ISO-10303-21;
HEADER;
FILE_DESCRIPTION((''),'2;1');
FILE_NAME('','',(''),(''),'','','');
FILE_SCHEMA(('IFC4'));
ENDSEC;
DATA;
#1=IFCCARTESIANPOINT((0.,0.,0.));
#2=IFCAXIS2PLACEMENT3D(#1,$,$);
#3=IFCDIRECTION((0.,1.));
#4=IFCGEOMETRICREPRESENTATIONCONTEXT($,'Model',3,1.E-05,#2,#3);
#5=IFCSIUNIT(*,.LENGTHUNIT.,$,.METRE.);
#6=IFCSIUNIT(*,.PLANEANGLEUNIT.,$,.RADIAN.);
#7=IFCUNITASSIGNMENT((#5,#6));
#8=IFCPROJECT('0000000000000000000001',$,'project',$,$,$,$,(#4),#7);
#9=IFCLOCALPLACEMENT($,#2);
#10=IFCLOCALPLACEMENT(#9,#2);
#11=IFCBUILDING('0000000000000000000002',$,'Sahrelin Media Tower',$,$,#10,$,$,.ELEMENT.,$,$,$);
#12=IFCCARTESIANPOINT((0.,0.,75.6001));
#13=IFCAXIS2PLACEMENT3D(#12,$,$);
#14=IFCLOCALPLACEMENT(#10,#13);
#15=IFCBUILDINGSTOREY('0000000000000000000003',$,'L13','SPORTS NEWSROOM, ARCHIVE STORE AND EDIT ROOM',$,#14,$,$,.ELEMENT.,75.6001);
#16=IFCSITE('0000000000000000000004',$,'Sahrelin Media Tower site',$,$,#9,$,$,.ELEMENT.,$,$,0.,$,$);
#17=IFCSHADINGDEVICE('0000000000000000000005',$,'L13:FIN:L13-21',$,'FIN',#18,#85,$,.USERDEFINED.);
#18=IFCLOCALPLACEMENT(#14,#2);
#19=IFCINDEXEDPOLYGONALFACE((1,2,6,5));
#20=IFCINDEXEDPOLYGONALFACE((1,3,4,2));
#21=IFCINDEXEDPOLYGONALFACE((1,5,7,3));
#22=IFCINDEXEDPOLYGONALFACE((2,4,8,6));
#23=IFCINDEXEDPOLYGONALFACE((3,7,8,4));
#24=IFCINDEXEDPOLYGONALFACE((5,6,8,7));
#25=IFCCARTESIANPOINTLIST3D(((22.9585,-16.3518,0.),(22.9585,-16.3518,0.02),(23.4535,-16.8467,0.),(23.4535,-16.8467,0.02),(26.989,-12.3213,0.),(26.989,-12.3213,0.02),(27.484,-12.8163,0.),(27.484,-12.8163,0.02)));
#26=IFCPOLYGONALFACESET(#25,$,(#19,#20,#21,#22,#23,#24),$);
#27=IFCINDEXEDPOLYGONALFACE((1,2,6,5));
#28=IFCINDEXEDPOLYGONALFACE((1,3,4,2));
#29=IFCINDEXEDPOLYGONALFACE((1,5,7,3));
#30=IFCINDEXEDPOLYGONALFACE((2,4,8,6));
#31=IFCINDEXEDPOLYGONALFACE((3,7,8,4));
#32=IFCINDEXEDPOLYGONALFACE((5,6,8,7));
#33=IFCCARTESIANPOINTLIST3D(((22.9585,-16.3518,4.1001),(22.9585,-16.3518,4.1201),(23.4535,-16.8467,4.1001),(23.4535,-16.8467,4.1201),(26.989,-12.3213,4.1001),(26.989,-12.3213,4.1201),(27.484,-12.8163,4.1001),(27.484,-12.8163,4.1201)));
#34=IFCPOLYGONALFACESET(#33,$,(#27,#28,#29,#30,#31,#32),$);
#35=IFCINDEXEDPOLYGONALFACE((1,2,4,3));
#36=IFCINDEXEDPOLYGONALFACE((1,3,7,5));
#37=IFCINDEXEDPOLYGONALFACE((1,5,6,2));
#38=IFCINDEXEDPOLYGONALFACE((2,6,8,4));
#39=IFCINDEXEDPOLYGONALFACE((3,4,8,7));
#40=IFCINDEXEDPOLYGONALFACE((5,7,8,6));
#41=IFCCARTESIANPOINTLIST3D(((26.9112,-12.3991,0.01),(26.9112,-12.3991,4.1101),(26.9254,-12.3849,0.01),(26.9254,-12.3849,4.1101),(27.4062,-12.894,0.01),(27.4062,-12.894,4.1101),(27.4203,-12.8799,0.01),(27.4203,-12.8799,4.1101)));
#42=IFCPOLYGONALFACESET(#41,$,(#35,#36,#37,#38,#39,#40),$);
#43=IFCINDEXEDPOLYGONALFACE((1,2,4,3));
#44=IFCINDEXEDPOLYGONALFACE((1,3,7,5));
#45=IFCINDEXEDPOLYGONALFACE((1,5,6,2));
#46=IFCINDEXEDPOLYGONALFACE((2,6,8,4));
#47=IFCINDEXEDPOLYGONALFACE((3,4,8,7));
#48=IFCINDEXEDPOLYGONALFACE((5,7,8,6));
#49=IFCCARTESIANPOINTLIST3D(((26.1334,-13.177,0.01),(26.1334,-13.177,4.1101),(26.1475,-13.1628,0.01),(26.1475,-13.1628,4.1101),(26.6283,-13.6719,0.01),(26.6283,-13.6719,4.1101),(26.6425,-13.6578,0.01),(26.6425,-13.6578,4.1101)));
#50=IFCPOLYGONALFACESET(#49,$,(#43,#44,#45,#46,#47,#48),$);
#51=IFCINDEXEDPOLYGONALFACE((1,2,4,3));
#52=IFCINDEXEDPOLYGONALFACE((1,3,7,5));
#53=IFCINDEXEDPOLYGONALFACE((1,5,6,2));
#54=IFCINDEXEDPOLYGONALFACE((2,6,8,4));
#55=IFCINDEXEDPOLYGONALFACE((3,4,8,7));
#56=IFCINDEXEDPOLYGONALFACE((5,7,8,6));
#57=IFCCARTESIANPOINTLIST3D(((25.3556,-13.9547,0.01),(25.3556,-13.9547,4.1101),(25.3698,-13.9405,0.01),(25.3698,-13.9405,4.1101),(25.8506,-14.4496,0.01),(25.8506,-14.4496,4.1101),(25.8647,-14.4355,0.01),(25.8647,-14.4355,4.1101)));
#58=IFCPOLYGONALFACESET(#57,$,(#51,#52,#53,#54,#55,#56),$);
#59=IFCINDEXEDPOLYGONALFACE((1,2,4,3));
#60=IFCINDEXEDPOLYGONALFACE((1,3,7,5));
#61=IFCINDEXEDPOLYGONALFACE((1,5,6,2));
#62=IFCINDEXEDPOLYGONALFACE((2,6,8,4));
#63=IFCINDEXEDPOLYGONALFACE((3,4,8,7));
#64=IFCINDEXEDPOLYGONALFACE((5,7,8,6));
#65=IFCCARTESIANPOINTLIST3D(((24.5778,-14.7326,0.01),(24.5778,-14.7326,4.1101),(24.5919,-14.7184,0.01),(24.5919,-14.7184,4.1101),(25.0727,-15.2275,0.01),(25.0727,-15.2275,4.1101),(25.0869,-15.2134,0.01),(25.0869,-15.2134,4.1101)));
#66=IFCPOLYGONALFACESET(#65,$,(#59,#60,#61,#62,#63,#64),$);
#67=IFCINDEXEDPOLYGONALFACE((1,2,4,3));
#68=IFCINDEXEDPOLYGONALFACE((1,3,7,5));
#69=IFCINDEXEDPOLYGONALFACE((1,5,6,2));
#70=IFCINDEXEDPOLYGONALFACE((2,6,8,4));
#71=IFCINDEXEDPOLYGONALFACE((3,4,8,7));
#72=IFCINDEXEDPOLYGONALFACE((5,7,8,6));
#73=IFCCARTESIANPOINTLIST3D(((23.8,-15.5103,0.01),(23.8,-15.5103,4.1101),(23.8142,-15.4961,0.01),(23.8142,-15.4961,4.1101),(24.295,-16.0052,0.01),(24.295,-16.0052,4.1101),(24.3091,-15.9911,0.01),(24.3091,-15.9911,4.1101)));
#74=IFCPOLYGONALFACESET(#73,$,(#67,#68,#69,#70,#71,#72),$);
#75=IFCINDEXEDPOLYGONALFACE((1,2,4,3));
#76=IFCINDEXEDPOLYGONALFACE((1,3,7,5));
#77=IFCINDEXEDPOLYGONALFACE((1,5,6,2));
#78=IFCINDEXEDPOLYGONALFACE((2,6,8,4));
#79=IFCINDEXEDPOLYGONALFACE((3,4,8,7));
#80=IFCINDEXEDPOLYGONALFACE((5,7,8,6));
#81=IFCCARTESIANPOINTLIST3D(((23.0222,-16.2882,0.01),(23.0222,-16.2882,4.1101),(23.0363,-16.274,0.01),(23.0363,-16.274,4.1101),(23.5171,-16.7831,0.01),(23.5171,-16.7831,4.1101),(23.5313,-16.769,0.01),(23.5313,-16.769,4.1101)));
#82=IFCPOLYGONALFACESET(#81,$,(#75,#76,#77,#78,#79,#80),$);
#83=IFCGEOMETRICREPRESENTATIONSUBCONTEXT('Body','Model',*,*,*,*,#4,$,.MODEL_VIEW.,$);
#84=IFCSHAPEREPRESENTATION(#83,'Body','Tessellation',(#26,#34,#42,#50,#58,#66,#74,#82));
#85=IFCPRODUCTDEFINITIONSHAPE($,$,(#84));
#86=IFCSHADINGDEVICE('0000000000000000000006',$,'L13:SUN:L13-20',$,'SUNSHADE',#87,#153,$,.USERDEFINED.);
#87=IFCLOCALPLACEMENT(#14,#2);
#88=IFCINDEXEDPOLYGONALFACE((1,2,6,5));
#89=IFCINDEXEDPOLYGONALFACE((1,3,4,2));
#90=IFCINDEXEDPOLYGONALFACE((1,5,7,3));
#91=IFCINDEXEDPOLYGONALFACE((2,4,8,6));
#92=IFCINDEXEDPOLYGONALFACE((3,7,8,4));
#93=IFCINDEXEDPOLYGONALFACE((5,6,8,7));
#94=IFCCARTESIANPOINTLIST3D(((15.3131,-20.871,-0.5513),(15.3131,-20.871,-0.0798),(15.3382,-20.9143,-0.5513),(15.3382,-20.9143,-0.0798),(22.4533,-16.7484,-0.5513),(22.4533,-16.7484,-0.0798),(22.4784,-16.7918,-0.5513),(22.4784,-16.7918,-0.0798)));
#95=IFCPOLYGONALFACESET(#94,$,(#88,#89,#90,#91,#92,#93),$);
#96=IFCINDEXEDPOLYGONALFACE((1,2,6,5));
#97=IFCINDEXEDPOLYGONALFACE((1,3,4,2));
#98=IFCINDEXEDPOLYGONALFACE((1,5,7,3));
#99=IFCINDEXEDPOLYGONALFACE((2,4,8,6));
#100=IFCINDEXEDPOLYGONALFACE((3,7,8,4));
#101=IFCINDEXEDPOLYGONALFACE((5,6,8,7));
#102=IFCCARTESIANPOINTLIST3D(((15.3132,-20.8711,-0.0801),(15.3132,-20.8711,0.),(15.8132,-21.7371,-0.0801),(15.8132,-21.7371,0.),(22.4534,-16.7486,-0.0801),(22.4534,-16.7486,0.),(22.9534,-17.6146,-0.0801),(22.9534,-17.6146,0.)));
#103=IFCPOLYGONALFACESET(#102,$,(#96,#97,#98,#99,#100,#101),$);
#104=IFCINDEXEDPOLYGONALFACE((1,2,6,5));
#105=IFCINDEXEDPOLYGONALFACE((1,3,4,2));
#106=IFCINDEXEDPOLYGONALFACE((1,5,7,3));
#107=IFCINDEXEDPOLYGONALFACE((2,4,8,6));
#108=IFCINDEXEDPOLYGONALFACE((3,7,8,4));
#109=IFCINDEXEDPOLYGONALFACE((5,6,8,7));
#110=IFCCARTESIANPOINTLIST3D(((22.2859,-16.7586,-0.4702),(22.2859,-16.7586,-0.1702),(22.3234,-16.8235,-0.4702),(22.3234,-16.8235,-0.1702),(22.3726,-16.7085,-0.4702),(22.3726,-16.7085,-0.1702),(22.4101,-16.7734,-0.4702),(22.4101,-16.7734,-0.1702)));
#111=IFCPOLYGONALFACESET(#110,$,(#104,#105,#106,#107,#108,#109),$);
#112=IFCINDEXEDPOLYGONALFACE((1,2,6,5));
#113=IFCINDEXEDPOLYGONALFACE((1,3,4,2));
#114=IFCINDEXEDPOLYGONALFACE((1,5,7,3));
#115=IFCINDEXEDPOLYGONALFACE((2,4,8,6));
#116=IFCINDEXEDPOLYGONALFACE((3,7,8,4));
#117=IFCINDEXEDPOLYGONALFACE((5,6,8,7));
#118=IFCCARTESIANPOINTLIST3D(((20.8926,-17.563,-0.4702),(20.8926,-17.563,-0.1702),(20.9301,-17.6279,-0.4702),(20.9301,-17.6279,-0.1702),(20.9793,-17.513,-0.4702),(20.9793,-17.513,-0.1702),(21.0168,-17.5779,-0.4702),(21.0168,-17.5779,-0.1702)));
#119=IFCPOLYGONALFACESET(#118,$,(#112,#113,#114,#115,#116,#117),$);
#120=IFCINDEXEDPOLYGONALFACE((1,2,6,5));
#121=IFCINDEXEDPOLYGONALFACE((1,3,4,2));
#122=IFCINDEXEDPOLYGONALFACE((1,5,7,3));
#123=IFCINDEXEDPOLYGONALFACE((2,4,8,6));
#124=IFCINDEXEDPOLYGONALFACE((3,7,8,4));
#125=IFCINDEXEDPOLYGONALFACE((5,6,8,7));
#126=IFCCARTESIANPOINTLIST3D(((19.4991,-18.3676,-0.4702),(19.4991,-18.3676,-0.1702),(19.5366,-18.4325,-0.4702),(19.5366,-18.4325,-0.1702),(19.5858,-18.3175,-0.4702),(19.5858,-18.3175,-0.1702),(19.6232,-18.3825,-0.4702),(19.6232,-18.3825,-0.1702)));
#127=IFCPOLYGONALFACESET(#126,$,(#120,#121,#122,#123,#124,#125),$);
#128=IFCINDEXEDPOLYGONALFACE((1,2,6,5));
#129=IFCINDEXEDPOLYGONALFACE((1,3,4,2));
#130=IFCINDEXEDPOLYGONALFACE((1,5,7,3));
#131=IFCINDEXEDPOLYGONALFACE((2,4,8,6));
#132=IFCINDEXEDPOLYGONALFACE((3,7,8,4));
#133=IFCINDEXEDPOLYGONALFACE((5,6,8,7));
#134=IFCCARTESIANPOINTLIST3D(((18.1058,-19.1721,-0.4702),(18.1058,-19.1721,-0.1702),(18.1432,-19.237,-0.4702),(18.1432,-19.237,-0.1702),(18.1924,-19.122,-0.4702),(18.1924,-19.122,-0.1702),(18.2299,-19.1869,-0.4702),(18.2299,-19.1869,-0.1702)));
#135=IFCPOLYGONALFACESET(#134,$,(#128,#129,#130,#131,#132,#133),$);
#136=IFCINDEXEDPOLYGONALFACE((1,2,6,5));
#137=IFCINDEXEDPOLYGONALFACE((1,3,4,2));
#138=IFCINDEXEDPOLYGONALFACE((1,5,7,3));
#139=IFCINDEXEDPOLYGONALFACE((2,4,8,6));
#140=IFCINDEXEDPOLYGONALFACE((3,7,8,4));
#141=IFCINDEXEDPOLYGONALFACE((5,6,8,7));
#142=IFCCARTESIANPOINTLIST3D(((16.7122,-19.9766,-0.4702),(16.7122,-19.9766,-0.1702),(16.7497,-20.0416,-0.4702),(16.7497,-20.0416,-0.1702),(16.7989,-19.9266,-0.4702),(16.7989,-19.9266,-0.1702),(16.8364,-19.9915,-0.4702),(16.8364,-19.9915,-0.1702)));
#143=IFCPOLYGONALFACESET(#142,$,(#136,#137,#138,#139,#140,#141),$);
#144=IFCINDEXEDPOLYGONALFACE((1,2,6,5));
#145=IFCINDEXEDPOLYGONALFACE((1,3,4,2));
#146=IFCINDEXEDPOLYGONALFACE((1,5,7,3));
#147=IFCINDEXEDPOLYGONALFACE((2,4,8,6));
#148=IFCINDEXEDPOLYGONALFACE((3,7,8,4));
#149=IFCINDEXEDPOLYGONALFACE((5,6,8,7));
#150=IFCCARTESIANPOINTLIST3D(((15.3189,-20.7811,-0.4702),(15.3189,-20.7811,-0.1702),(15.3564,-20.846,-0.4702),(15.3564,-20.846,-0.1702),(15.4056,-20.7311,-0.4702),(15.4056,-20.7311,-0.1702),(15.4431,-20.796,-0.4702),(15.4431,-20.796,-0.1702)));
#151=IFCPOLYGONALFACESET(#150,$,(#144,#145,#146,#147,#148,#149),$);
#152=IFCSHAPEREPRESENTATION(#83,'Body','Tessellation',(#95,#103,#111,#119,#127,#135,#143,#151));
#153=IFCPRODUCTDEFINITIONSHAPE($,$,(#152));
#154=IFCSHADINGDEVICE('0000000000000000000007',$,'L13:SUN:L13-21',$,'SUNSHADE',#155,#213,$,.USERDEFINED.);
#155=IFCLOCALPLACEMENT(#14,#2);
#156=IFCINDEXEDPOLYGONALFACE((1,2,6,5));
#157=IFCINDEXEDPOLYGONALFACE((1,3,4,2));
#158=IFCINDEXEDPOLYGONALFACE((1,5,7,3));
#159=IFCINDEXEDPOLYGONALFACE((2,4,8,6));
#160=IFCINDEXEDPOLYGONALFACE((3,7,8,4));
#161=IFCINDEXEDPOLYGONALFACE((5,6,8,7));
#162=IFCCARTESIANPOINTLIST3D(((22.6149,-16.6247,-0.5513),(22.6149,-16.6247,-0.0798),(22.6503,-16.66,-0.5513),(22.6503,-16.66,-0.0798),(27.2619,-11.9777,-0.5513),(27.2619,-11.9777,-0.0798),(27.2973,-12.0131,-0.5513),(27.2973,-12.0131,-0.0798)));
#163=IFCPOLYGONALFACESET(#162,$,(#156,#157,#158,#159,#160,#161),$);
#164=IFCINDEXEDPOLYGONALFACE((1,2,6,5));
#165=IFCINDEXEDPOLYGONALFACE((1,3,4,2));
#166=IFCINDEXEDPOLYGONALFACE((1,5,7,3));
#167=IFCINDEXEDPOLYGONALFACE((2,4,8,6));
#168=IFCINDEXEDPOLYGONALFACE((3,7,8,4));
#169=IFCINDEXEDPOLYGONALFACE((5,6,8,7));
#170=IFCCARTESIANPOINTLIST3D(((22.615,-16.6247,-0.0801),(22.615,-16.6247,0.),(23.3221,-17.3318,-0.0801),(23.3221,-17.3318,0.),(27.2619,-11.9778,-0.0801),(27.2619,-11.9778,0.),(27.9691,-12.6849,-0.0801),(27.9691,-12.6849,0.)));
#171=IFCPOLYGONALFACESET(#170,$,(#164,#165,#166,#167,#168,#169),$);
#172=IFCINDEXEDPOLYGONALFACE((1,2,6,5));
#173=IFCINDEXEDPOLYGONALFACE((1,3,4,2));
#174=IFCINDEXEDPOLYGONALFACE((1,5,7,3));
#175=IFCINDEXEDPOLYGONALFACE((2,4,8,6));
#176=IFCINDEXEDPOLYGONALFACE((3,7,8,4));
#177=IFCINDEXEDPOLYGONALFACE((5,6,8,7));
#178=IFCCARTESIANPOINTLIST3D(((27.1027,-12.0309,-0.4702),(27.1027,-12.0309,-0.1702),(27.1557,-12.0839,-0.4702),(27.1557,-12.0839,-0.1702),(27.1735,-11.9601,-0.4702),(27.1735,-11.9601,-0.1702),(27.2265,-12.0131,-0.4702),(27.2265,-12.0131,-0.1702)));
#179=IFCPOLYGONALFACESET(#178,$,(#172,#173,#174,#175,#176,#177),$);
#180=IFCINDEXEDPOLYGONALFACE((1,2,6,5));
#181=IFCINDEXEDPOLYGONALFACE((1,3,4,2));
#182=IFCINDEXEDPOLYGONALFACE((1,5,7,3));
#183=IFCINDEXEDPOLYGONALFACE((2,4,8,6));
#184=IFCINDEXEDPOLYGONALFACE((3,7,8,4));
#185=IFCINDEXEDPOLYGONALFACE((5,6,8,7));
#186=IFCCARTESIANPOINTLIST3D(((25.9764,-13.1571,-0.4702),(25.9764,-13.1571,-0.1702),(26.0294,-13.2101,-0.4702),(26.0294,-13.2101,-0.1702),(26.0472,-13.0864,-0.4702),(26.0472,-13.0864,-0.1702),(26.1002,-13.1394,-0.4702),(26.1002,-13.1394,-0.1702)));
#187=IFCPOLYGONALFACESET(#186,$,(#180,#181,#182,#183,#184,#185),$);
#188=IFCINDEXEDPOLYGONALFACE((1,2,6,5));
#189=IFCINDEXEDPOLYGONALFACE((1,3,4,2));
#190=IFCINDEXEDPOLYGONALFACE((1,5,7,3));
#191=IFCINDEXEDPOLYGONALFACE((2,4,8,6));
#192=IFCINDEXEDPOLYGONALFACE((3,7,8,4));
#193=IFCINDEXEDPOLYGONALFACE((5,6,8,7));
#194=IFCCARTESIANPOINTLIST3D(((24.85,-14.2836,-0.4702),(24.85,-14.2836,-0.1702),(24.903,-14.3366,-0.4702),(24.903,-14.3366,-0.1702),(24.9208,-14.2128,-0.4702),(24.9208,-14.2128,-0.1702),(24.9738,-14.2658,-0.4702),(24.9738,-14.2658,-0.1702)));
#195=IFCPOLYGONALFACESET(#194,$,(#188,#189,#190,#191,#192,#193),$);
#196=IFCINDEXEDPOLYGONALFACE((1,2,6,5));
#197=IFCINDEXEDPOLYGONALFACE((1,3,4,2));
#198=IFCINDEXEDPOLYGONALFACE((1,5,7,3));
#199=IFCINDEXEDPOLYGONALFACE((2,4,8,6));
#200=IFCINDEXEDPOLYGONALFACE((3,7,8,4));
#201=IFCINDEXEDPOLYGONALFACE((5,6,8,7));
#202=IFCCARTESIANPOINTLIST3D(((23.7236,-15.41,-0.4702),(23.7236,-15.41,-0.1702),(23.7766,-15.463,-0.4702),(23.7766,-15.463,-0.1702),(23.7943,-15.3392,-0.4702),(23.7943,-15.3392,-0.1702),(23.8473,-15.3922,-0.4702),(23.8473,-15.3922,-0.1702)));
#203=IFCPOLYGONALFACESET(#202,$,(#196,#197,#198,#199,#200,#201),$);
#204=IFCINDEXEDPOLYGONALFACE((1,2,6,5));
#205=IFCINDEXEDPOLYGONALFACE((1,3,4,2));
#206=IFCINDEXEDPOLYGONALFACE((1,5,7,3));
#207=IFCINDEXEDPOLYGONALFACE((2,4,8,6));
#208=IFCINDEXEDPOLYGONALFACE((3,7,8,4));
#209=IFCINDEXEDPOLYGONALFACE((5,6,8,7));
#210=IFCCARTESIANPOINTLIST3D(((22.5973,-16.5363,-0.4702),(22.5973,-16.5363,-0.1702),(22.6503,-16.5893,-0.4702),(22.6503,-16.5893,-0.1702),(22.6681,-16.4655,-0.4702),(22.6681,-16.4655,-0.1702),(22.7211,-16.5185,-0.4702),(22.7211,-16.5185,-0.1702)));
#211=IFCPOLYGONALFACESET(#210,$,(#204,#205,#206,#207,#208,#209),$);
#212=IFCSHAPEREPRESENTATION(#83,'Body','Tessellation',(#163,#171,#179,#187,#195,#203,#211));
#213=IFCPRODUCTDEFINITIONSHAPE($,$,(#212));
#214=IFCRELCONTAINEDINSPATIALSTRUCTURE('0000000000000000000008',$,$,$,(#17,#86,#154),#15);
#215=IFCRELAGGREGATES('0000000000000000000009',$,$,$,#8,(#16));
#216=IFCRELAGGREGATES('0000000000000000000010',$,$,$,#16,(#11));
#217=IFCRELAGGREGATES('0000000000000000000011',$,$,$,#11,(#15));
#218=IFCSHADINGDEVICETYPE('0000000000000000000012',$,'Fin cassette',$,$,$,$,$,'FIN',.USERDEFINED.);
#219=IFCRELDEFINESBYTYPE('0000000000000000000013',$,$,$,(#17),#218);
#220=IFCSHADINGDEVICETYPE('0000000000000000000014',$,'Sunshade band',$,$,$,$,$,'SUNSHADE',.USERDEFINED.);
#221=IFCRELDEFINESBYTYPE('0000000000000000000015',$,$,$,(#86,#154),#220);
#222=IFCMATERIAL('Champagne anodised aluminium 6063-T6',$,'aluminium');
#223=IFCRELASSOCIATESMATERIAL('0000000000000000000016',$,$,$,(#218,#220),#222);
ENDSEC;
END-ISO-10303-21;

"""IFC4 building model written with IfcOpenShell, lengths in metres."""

from ifc_helpers import new_model, si_unit, direction, frame, origin, origin_2d, place, context, subcontext, project, spatial, rectangle, extrude, material, type_object, element, save


model = new_model("IFC4")

# Units and contexts
model_context = context("Model", 3, precision=1e-05, world=origin(), true_north=direction((0.0, 1.0)))
body_context = subcontext(model_context, "Body", "Model", "MODEL_VIEW")
ifc_project = project(units=[si_unit("LENGTHUNIT", "METRE"), si_unit("PLANEANGLEUNIT", "RADIAN")], contexts=[model_context])

# Site, building, storey
site_placement = place(None, origin())
site = spatial("IfcSite", under=ifc_project, at=site_placement, Name="Sahrelin Media Tower site", CompositionType="ELEMENT", RefElevation=0.0)
building_placement = place(site_placement, origin())
building = spatial("IfcBuilding", under=site, at=building_placement, Name="Sahrelin Media Tower", CompositionType="ELEMENT")
storey_placement = place(building_placement, frame((0.0, 0.0, 75.6001)))
storey = spatial("IfcBuildingStorey", under=building, at=storey_placement, Name="L13", Description="SPORTS NEWSROOM, ARCHIVE STORE AND EDIT ROOM", CompositionType="ELEMENT", Elevation=75.6001)

# Shared definitions
ifc_material_1 = material(Name="Champagne anodised aluminium 6063-T6", Category="aluminium")

# Shading devices
shading_device_type_1 = type_object("IfcShadingDeviceType", Name="Fin cassette", ElementType="FIN", PredefinedType="USERDEFINED", material=ifc_material_1)
placement_1 = place(storey_placement, frame((18.8733, -18.7925, 0.0), z_axis=(0.0, 0.0, 1.0), x_axis=(-0.866019, -0.500011, 0.0)))
placement_2 = place(storey_placement, frame((24.9243, -14.2871, 0.0), z_axis=(0.0, 0.0, 1.0), x_axis=(-0.707107, -0.707107, 0.0)))
element("IfcShadingDevice", 1, at=placement_2, inside=storey, type_object=shading_device_type_1, Name="L13:FIN:L13-21", ObjectType="FIN", PredefinedType="USERDEFINED", context=body_context, shape_type="SweptSolid", body=[
    extrude(rectangle(XDim=5.7, YDim=0.7, at=origin_2d()), frame((0.0, 0.4199, 0.0)), (0.0, 0.0, 1.0), 0.02),
    extrude(rectangle(XDim=5.7, YDim=0.7, at=origin_2d()), frame((0.0, 0.4199, 4.1001)), (0.0, 0.0, 1.0), 0.02),
    extrude(rectangle(XDim=0.02, YDim=0.7, at=origin_2d()), frame((-2.75, 0.4199, 0.01), z_axis=(0.0, 0.0, 1.0), x_axis=(1.0, 0.0, 0.0)), (0.0, 0.0, 1.0), 4.1001),
    extrude(rectangle(XDim=0.02, YDim=0.7, at=origin_2d()), frame((-1.6499, 0.4199, 0.01), z_axis=(0.0, 0.0, 1.0), x_axis=(1.0, 0.0, 0.0)), (0.0, 0.0, 1.0), 4.1001),
    extrude(rectangle(XDim=0.02, YDim=0.7, at=origin_2d()), frame((-0.55, 0.4199, 0.01), z_axis=(0.0, 0.0, 1.0), x_axis=(1.0, 0.0, 0.0)), (0.0, 0.0, 1.0), 4.1001),
    extrude(rectangle(XDim=0.02, YDim=0.7, at=origin_2d()), frame((0.55, 0.4199, 0.01), z_axis=(0.0, 0.0, 1.0), x_axis=(1.0, 0.0, 0.0)), (0.0, 0.0, 1.0), 4.1001),
    extrude(rectangle(XDim=0.02, YDim=0.7, at=origin_2d()), frame((1.6499, 0.4199, 0.01), z_axis=(0.0, 0.0, 1.0), x_axis=(1.0, 0.0, 0.0)), (0.0, 0.0, 1.0), 4.1001),
    extrude(rectangle(XDim=0.02, YDim=0.7, at=origin_2d()), frame((2.75, 0.4199, 0.01), z_axis=(0.0, 0.0, 1.0), x_axis=(1.0, 0.0, 0.0)), (0.0, 0.0, 1.0), 4.1001),
])
shading_device_type_2 = type_object("IfcShadingDeviceType", Name="Sunshade band", ElementType="SUNSHADE", PredefinedType="USERDEFINED", material=ifc_material_1)
element("IfcShadingDevice", 2, at=placement_1, inside=storey, type_object=shading_device_type_2, Name="L13:SUN:L13-20", ObjectType="SUNSHADE", PredefinedType="USERDEFINED", context=body_context, shape_type="SweptSolid", body=[
    extrude(rectangle(XDim=8.2449, YDim=0.05, at=origin_2d()), frame((0.0, 0.0449, -0.5513)), (0.0, 0.0, 1.0), 0.4714),
    extrude(rectangle(XDim=8.2449, YDim=1.0, at=origin_2d()), frame((0.0, 0.52, -0.0801)), (0.0, 0.0, 1.0), 0.0801),
    extrude(rectangle(XDim=0.1001, YDim=0.075, at=origin_2d()), frame((-4.0225, -0.0176, -0.4702)), (0.0, 0.0, 1.0), 0.3),
    extrude(rectangle(XDim=0.1001, YDim=0.075, at=origin_2d()), frame((-2.4136, -0.0176, -0.4702)), (0.0, 0.0, 1.0), 0.3),
    extrude(rectangle(XDim=0.1001, YDim=0.075, at=origin_2d()), frame((-0.8044, -0.0176, -0.4702)), (0.0, 0.0, 1.0), 0.3),
    extrude(rectangle(XDim=0.1001, YDim=0.075, at=origin_2d()), frame((0.8044, -0.0176, -0.4702)), (0.0, 0.0, 1.0), 0.3),
    extrude(rectangle(XDim=0.1001, YDim=0.075, at=origin_2d()), frame((2.4136, -0.0176, -0.4702)), (0.0, 0.0, 1.0), 0.3),
    extrude(rectangle(XDim=0.1001, YDim=0.075, at=origin_2d()), frame((4.0225, -0.0176, -0.4702)), (0.0, 0.0, 1.0), 0.3),
])
element("IfcShadingDevice", 3, at=placement_2, inside=storey, type_object=shading_device_type_2, Name="L13:SUN:L13-21", ObjectType="SUNSHADE", PredefinedType="USERDEFINED", context=body_context, shape_type="SweptSolid", body=[
    extrude(rectangle(XDim=6.5718, YDim=0.05, at=origin_2d()), frame((0.0, 0.0449, -0.5513)), (0.0, 0.0, 1.0), 0.4714),
    extrude(rectangle(XDim=6.5718, YDim=1.0, at=origin_2d()), frame((0.0, 0.52, -0.0801)), (0.0, 0.0, 1.0), 0.0801),
    extrude(rectangle(XDim=0.1001, YDim=0.075, at=origin_2d()), frame((-3.1858, -0.0176, -0.4702)), (0.0, 0.0, 1.0), 0.3),
    extrude(rectangle(XDim=0.1001, YDim=0.075, at=origin_2d()), frame((-1.593, -0.0176, -0.4702)), (0.0, 0.0, 1.0), 0.3),
    extrude(rectangle(XDim=0.1001, YDim=0.075, at=origin_2d()), frame((0.0, -0.0176, -0.4702)), (0.0, 0.0, 1.0), 0.3),
    extrude(rectangle(XDim=0.1001, YDim=0.075, at=origin_2d()), frame((1.593, -0.0176, -0.4702)), (0.0, 0.0, 1.0), 0.3),
    extrude(rectangle(XDim=0.1001, YDim=0.075, at=origin_2d()), frame((3.1858, -0.0176, -0.4702)), (0.0, 0.0, 1.0), 0.3),
])

save(model, "model.ifc")
